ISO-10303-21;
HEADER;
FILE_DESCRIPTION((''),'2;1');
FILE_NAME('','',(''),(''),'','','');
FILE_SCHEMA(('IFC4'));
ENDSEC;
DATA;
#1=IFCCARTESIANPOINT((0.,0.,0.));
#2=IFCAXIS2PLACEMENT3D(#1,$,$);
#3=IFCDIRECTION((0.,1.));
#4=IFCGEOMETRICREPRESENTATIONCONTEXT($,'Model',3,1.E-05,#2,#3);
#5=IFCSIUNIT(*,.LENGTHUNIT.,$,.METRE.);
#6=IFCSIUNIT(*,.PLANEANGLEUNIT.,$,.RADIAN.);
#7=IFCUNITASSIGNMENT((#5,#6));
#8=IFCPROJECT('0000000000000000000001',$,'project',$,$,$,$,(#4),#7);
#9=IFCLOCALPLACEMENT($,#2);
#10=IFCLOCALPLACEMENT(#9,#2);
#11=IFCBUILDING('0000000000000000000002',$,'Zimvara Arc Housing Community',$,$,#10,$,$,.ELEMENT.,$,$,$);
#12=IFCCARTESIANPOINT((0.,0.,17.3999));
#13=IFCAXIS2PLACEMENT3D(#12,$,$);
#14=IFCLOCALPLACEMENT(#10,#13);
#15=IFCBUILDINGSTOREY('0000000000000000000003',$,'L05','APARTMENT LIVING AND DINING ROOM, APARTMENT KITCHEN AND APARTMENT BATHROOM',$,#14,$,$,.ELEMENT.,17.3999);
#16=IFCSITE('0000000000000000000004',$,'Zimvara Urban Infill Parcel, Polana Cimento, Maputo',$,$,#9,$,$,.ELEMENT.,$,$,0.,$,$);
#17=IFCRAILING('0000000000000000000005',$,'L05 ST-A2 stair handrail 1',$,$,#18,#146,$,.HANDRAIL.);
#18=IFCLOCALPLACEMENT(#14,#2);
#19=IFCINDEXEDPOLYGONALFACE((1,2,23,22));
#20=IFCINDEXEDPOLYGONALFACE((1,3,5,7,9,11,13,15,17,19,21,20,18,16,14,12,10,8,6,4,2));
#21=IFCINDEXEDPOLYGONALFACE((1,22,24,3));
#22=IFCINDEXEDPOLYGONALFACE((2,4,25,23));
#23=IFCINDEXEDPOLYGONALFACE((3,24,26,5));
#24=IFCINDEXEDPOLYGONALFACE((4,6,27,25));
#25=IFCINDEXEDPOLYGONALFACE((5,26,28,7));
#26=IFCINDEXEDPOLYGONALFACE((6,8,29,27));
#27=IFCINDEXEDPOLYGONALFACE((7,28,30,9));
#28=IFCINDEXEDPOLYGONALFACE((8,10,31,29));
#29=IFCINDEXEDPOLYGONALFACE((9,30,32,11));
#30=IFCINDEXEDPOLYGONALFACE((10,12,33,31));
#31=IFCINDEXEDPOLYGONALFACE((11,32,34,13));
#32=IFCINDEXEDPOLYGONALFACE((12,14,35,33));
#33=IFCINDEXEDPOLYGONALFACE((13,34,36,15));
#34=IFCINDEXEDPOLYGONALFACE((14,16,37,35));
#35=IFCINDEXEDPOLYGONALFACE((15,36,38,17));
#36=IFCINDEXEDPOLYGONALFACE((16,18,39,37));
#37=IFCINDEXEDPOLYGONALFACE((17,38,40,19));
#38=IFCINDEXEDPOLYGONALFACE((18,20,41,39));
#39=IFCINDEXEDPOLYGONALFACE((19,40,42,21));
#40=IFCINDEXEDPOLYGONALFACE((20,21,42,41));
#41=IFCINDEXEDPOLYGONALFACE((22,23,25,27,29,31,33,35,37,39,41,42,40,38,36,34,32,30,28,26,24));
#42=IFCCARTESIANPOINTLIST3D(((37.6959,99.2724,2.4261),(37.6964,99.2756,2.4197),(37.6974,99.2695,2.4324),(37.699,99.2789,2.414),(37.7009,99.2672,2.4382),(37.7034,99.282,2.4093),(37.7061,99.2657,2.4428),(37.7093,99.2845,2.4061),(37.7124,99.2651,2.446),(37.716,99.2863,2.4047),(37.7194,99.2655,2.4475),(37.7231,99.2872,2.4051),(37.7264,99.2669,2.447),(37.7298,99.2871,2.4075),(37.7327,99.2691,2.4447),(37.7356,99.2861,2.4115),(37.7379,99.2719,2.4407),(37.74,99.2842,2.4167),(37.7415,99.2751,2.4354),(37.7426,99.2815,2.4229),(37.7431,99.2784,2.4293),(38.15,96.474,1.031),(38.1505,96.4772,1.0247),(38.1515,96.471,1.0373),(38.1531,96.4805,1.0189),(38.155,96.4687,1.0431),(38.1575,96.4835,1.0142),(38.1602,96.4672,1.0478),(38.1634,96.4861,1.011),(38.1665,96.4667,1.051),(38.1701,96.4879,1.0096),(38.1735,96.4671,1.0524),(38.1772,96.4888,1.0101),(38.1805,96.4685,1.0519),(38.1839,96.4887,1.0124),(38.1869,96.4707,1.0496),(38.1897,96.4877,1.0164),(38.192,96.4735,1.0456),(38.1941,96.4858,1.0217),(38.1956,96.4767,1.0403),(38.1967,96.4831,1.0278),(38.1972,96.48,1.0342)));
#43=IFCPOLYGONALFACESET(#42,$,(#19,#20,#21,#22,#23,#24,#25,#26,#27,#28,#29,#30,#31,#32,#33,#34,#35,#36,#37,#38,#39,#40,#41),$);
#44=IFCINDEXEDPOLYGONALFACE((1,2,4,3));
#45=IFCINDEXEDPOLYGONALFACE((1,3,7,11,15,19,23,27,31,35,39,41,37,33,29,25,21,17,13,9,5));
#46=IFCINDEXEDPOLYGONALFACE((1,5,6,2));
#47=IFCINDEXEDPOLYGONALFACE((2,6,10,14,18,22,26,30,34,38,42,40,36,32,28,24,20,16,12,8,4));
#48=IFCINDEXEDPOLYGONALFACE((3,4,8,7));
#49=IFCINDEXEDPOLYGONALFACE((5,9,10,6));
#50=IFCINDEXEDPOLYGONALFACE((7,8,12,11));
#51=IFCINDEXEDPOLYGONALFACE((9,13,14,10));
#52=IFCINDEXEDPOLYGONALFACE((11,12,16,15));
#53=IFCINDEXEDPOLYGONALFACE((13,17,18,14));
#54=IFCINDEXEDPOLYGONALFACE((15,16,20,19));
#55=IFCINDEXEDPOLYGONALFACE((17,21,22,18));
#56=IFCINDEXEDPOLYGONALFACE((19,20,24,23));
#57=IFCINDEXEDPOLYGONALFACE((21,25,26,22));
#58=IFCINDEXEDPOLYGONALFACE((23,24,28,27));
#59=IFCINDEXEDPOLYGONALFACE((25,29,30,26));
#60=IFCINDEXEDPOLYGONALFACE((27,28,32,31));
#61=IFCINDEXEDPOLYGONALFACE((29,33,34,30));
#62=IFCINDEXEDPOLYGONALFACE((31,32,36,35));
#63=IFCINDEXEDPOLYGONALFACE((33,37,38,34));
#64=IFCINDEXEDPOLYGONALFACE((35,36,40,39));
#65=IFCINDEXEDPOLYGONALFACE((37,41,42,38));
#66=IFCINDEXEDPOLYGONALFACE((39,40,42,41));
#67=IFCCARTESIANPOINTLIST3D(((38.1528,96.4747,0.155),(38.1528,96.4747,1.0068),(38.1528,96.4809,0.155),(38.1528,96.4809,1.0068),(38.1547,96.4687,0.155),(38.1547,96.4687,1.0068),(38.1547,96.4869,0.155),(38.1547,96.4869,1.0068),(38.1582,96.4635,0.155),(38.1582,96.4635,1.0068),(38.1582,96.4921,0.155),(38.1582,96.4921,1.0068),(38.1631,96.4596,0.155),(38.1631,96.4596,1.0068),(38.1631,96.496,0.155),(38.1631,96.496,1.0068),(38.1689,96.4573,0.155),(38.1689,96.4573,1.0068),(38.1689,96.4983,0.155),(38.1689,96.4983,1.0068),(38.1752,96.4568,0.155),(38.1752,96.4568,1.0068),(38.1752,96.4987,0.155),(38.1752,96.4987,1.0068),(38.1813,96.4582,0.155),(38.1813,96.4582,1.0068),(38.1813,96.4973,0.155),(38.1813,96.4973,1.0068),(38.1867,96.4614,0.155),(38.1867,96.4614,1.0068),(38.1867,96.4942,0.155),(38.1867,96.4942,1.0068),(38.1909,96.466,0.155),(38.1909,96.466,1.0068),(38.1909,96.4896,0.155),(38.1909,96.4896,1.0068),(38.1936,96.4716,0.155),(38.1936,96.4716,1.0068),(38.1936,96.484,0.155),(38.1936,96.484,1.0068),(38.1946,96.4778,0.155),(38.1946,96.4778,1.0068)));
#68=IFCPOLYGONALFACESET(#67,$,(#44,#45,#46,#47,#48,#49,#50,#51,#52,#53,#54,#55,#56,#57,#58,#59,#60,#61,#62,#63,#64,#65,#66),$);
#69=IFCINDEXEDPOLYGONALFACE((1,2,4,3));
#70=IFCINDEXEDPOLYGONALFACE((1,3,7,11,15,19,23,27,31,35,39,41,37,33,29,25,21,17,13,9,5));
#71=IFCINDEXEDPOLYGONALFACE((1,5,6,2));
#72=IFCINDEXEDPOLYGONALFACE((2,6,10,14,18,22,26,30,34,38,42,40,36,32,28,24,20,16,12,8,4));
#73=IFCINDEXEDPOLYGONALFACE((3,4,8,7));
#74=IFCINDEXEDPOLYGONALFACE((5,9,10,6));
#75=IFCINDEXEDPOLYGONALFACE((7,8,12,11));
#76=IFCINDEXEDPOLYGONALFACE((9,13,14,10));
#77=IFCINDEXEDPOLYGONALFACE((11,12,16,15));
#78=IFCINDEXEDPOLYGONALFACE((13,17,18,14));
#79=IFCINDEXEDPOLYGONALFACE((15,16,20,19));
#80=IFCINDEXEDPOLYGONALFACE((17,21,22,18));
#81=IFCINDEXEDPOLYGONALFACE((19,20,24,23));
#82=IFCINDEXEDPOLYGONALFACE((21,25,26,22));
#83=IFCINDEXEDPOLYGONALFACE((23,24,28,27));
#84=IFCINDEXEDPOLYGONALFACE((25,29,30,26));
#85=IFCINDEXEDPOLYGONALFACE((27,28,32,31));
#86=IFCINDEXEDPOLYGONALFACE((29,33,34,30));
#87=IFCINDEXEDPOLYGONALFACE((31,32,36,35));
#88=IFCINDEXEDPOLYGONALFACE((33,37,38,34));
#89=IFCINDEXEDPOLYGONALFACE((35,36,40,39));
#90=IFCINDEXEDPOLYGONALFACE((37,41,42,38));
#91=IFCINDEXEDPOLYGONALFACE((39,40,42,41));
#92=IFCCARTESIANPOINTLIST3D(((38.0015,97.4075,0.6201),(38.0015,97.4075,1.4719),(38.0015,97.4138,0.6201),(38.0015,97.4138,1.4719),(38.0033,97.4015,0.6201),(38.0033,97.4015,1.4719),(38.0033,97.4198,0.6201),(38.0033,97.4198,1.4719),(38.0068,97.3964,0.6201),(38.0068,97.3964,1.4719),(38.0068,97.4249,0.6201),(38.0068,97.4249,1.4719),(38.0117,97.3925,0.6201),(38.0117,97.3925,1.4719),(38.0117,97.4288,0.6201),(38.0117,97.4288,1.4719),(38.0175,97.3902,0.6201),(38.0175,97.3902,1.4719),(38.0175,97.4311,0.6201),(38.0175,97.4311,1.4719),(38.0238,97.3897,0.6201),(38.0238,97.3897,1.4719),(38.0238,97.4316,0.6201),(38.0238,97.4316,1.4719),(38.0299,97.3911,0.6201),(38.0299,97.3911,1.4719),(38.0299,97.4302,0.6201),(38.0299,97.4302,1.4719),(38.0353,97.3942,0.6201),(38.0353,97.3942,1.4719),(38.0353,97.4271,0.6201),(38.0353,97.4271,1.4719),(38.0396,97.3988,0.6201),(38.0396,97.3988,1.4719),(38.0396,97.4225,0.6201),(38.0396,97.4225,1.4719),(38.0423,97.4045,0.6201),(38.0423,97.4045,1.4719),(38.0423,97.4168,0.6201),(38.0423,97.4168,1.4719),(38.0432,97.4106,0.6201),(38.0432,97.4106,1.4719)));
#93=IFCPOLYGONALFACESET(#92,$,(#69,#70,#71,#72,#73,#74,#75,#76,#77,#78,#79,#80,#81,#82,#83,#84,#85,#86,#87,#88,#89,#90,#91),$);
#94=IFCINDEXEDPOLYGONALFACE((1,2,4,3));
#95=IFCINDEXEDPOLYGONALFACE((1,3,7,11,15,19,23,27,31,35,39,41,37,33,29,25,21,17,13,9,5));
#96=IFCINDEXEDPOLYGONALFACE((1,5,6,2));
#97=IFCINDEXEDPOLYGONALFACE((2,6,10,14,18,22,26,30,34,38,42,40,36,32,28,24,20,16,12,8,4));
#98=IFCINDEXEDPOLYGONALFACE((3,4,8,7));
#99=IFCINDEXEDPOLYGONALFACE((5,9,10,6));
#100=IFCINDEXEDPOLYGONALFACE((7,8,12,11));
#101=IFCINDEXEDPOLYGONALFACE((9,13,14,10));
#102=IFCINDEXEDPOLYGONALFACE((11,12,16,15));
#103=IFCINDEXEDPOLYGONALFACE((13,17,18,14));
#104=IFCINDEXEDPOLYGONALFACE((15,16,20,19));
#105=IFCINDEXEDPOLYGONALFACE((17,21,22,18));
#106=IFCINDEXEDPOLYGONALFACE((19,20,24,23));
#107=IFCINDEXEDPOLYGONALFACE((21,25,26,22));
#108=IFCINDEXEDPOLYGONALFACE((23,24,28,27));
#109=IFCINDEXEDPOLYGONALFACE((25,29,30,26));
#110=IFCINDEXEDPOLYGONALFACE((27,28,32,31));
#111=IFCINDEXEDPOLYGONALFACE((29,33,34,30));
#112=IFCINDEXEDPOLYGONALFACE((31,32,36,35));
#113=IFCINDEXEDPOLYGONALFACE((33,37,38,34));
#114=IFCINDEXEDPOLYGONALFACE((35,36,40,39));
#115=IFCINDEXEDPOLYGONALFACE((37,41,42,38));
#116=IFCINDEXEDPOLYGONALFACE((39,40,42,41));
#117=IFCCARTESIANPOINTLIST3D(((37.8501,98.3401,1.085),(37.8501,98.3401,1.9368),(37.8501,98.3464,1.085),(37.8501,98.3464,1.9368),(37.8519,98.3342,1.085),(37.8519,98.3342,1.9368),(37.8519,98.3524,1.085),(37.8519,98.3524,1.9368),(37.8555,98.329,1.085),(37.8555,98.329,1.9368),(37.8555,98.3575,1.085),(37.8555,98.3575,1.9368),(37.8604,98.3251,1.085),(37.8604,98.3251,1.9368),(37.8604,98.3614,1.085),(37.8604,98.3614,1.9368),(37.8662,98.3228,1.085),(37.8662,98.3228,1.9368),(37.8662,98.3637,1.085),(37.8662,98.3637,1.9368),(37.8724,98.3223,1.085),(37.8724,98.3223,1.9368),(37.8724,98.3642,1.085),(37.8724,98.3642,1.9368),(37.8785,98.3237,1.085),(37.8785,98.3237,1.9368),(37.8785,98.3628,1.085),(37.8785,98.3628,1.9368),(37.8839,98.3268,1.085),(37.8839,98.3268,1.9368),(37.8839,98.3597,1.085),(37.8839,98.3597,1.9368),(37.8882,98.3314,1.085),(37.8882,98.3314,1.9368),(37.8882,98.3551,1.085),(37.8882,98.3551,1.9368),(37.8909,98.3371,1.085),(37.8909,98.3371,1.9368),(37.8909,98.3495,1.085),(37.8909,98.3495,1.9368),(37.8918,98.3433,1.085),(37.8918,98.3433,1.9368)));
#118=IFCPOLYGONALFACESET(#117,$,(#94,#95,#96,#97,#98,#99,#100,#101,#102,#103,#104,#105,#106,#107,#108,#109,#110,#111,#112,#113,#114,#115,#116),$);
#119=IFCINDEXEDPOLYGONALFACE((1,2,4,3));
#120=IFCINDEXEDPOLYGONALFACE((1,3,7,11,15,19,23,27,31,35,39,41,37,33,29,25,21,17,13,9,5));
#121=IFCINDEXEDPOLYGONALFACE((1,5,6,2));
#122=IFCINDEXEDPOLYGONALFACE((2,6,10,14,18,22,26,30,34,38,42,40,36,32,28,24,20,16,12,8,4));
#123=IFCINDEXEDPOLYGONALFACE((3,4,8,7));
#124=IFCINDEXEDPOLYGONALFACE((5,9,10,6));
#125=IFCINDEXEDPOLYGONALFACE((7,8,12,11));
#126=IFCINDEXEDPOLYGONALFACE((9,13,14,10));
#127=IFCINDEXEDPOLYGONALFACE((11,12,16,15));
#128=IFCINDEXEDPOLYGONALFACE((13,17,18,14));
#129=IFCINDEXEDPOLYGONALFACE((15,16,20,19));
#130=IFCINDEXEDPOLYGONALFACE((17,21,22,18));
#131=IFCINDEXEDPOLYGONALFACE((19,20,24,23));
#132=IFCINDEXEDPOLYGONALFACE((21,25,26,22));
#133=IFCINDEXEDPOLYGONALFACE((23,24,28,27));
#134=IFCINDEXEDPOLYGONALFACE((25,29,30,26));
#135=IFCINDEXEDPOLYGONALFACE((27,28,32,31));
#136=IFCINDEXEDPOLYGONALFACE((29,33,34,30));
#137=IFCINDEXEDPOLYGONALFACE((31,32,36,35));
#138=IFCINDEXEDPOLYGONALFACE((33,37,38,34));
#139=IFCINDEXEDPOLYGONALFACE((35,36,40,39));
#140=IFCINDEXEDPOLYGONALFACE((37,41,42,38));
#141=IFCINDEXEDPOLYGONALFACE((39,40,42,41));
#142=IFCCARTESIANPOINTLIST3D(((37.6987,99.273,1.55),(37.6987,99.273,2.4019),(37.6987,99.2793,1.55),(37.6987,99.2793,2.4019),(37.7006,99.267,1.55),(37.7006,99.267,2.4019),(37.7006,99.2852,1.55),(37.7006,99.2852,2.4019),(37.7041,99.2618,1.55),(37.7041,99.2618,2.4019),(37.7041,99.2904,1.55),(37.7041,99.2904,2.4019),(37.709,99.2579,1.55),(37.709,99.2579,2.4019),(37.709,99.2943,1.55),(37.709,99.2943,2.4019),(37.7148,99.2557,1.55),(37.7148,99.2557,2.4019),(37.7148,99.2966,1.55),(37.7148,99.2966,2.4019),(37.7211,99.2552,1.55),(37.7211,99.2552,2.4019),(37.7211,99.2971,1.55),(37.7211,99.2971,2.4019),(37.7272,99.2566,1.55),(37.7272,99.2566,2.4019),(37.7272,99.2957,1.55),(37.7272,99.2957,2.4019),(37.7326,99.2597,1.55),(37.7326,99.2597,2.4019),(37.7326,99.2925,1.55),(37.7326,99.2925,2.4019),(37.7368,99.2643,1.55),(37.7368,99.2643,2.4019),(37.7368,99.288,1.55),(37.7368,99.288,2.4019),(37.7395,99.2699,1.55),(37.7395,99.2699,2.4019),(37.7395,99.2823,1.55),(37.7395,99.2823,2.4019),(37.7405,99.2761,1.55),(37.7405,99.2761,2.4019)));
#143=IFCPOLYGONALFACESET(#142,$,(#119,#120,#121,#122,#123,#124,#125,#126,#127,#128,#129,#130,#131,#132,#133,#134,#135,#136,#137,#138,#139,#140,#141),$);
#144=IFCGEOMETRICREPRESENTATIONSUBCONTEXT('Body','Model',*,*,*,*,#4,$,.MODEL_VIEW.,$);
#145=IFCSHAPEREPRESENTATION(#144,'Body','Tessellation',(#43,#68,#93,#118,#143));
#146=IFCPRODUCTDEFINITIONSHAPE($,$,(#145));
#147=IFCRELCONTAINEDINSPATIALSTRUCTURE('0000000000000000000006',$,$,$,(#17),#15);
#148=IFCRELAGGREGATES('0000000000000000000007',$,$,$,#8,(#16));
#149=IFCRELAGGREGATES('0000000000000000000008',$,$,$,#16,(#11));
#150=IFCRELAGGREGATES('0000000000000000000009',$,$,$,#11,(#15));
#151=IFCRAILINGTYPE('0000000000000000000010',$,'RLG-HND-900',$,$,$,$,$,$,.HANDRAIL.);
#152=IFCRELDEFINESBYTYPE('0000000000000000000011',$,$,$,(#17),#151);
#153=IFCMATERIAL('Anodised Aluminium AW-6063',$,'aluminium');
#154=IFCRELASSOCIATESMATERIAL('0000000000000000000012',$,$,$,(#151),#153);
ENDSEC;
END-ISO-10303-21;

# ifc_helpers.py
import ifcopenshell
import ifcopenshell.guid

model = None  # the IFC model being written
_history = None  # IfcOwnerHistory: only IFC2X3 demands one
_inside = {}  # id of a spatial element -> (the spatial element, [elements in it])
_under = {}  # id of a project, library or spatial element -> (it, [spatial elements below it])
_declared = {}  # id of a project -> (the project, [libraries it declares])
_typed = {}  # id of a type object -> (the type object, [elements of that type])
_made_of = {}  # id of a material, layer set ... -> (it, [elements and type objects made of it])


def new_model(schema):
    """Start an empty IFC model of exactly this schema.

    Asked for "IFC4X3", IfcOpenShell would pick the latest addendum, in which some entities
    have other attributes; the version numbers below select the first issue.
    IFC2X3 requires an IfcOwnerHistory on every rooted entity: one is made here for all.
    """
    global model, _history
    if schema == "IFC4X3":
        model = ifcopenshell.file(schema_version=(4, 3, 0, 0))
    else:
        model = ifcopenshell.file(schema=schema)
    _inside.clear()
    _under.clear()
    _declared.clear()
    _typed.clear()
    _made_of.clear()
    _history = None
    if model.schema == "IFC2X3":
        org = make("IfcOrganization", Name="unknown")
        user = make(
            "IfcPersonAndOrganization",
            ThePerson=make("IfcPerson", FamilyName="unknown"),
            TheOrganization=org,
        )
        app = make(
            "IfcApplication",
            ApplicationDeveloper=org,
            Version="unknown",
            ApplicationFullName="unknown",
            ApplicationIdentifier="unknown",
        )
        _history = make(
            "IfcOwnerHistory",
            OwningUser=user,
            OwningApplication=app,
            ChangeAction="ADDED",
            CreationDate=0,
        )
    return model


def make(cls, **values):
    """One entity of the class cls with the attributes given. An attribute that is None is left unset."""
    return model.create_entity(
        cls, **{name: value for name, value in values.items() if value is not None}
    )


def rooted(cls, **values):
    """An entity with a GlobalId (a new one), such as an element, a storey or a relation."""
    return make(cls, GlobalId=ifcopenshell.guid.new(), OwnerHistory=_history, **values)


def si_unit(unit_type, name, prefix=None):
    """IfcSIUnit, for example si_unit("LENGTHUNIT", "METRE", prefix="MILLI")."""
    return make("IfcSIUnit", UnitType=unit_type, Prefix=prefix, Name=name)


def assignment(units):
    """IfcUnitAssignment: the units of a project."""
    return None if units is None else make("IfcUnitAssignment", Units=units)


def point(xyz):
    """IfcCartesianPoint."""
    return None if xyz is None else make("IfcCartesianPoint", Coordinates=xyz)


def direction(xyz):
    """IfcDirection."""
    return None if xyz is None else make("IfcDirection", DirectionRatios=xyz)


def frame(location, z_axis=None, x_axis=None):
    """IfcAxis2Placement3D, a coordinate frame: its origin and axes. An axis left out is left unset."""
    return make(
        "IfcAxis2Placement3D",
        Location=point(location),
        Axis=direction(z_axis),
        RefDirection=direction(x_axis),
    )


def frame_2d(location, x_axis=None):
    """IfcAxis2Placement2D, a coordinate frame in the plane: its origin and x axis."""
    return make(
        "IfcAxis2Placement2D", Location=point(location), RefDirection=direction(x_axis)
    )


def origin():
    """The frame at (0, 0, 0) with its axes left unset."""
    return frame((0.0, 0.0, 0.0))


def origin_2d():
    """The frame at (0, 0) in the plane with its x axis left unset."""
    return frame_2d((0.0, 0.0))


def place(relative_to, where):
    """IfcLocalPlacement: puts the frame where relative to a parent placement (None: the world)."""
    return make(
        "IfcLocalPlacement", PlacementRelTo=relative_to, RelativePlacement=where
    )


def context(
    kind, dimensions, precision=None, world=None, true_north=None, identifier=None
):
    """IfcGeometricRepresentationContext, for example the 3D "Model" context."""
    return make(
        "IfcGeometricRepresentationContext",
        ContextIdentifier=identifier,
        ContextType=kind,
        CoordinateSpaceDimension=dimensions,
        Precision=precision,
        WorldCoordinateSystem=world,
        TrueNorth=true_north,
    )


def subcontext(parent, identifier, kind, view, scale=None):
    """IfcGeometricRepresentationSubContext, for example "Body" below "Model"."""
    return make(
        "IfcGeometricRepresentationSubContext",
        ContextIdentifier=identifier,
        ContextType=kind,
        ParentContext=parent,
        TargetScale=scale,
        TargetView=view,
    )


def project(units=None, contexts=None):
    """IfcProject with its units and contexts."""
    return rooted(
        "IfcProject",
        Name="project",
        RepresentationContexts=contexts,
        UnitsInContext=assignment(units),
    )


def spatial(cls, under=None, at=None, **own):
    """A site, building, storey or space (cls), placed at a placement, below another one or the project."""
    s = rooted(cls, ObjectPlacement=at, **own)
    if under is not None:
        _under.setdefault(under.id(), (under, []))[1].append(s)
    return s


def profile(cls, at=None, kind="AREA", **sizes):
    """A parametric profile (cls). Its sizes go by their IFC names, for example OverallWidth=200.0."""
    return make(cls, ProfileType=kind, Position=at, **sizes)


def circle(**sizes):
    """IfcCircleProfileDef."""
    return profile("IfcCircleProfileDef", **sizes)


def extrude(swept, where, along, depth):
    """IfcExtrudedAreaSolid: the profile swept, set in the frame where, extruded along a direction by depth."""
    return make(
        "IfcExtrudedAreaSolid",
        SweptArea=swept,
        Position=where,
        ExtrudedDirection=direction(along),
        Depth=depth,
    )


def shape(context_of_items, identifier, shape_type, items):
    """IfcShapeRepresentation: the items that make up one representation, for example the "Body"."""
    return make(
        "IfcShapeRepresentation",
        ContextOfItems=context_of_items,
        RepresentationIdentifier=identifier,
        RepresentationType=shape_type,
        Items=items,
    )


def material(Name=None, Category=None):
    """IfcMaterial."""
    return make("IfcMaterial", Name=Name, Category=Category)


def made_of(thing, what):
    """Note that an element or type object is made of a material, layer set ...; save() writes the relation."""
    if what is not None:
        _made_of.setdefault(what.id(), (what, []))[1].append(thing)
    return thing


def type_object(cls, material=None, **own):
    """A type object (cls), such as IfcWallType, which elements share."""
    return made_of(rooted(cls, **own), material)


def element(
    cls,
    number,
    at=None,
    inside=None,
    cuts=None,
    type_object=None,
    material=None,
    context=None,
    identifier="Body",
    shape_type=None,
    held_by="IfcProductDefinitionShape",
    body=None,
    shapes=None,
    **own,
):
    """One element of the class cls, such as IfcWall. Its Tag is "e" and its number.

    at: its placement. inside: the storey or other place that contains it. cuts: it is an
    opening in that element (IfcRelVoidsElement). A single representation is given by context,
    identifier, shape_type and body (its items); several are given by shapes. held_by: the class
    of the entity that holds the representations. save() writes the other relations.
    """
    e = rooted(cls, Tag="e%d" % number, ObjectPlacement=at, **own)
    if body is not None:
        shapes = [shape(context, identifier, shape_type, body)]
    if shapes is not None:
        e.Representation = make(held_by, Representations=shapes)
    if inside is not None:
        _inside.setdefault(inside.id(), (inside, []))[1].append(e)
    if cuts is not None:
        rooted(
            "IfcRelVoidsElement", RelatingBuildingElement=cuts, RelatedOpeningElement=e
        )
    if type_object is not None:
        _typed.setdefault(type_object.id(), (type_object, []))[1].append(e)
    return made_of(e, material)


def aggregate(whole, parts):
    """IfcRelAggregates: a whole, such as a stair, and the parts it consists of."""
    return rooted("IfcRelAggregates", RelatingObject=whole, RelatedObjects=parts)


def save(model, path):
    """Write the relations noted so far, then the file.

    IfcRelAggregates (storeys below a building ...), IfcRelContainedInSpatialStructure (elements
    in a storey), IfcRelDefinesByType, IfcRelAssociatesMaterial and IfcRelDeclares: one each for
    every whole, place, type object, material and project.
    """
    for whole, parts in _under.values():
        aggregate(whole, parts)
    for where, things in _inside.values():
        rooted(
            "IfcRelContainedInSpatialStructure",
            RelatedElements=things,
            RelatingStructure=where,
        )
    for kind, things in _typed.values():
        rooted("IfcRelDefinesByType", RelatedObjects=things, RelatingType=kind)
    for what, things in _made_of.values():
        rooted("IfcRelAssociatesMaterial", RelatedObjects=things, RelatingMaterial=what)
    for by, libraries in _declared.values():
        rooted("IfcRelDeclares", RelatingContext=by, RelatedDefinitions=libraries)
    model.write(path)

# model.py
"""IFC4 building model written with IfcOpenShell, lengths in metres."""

from ifc_helpers import new_model, si_unit, direction, frame, origin, origin_2d, place, context, subcontext, project, spatial, circle, extrude, material, type_object, element, save


model = new_model("IFC4")

# Units and contexts
model_context = context("Model", 3, precision=1e-05, world=origin(), true_north=direction((0.0, 1.0)))
body_context = subcontext(model_context, "Body", "Model", "MODEL_VIEW")
ifc_project = project(units=[si_unit("LENGTHUNIT", "METRE"), si_unit("PLANEANGLEUNIT", "RADIAN")], contexts=[model_context])

# Site, building, storey
site_placement = place(None, origin())
site = spatial("IfcSite", under=ifc_project, at=site_placement, Name="Zimvara Urban Infill Parcel, Polana Cimento, Maputo", CompositionType="ELEMENT", RefElevation=0.0)
building_placement = place(site_placement, origin())
building = spatial("IfcBuilding", under=site, at=building_placement, Name="Zimvara Arc Housing Community", CompositionType="ELEMENT")
storey_placement = place(building_placement, frame((0.0, 0.0, 17.3999)))
storey = spatial("IfcBuildingStorey", under=building, at=storey_placement, Name="L05", Description="APARTMENT LIVING AND DINING ROOM, APARTMENT KITCHEN AND APARTMENT BATHROOM", CompositionType="ELEMENT", Elevation=17.3999)

# Railing
ifc_material_1 = material(Name="Anodised Aluminium AW-6063", Category="aluminium")
railing_type_1 = type_object("IfcRailingType", Name="RLG-HND-900", PredefinedType="HANDRAIL", material=ifc_material_1)
railing_1_placement = place(storey_placement, frame((38.1736, 96.4778, 0.155)))
element("IfcRailing", 1, at=railing_1_placement, inside=storey, type_object=railing_type_1, Name="L05 ST-A2 stair handrail 1", PredefinedType="HANDRAIL", context=body_context, shape_type="SweptSolid", body=[
    extrude(circle(Radius=0.0239, at=origin_2d()), frame((0.0, 0.0, 0.876), z_axis=(-0.143722, 0.885666, 0.44152), x_axis=(-0.987088, -0.16018, 0.0)), (0.0, 0.0, 1.0), 3.1597),
    extrude(circle(Radius=0.021, at=origin_2d()), origin(), (0.0, 0.0, 1.0), 0.8518),
    extrude(circle(Radius=0.021, at=origin_2d()), frame((-0.1514, 0.9329, 0.4651)), (0.0, 0.0, 1.0), 0.8518),
    extrude(circle(Radius=0.021, at=origin_2d()), frame((-0.3027, 1.8655, 0.9299)), (0.0, 0.0, 1.0), 0.8518),
    extrude(circle(Radius=0.021, at=origin_2d()), frame((-0.4541, 2.7983, 1.395)), (0.0, 0.0, 1.0), 0.8518),
])

save(model, "model.ifc")
